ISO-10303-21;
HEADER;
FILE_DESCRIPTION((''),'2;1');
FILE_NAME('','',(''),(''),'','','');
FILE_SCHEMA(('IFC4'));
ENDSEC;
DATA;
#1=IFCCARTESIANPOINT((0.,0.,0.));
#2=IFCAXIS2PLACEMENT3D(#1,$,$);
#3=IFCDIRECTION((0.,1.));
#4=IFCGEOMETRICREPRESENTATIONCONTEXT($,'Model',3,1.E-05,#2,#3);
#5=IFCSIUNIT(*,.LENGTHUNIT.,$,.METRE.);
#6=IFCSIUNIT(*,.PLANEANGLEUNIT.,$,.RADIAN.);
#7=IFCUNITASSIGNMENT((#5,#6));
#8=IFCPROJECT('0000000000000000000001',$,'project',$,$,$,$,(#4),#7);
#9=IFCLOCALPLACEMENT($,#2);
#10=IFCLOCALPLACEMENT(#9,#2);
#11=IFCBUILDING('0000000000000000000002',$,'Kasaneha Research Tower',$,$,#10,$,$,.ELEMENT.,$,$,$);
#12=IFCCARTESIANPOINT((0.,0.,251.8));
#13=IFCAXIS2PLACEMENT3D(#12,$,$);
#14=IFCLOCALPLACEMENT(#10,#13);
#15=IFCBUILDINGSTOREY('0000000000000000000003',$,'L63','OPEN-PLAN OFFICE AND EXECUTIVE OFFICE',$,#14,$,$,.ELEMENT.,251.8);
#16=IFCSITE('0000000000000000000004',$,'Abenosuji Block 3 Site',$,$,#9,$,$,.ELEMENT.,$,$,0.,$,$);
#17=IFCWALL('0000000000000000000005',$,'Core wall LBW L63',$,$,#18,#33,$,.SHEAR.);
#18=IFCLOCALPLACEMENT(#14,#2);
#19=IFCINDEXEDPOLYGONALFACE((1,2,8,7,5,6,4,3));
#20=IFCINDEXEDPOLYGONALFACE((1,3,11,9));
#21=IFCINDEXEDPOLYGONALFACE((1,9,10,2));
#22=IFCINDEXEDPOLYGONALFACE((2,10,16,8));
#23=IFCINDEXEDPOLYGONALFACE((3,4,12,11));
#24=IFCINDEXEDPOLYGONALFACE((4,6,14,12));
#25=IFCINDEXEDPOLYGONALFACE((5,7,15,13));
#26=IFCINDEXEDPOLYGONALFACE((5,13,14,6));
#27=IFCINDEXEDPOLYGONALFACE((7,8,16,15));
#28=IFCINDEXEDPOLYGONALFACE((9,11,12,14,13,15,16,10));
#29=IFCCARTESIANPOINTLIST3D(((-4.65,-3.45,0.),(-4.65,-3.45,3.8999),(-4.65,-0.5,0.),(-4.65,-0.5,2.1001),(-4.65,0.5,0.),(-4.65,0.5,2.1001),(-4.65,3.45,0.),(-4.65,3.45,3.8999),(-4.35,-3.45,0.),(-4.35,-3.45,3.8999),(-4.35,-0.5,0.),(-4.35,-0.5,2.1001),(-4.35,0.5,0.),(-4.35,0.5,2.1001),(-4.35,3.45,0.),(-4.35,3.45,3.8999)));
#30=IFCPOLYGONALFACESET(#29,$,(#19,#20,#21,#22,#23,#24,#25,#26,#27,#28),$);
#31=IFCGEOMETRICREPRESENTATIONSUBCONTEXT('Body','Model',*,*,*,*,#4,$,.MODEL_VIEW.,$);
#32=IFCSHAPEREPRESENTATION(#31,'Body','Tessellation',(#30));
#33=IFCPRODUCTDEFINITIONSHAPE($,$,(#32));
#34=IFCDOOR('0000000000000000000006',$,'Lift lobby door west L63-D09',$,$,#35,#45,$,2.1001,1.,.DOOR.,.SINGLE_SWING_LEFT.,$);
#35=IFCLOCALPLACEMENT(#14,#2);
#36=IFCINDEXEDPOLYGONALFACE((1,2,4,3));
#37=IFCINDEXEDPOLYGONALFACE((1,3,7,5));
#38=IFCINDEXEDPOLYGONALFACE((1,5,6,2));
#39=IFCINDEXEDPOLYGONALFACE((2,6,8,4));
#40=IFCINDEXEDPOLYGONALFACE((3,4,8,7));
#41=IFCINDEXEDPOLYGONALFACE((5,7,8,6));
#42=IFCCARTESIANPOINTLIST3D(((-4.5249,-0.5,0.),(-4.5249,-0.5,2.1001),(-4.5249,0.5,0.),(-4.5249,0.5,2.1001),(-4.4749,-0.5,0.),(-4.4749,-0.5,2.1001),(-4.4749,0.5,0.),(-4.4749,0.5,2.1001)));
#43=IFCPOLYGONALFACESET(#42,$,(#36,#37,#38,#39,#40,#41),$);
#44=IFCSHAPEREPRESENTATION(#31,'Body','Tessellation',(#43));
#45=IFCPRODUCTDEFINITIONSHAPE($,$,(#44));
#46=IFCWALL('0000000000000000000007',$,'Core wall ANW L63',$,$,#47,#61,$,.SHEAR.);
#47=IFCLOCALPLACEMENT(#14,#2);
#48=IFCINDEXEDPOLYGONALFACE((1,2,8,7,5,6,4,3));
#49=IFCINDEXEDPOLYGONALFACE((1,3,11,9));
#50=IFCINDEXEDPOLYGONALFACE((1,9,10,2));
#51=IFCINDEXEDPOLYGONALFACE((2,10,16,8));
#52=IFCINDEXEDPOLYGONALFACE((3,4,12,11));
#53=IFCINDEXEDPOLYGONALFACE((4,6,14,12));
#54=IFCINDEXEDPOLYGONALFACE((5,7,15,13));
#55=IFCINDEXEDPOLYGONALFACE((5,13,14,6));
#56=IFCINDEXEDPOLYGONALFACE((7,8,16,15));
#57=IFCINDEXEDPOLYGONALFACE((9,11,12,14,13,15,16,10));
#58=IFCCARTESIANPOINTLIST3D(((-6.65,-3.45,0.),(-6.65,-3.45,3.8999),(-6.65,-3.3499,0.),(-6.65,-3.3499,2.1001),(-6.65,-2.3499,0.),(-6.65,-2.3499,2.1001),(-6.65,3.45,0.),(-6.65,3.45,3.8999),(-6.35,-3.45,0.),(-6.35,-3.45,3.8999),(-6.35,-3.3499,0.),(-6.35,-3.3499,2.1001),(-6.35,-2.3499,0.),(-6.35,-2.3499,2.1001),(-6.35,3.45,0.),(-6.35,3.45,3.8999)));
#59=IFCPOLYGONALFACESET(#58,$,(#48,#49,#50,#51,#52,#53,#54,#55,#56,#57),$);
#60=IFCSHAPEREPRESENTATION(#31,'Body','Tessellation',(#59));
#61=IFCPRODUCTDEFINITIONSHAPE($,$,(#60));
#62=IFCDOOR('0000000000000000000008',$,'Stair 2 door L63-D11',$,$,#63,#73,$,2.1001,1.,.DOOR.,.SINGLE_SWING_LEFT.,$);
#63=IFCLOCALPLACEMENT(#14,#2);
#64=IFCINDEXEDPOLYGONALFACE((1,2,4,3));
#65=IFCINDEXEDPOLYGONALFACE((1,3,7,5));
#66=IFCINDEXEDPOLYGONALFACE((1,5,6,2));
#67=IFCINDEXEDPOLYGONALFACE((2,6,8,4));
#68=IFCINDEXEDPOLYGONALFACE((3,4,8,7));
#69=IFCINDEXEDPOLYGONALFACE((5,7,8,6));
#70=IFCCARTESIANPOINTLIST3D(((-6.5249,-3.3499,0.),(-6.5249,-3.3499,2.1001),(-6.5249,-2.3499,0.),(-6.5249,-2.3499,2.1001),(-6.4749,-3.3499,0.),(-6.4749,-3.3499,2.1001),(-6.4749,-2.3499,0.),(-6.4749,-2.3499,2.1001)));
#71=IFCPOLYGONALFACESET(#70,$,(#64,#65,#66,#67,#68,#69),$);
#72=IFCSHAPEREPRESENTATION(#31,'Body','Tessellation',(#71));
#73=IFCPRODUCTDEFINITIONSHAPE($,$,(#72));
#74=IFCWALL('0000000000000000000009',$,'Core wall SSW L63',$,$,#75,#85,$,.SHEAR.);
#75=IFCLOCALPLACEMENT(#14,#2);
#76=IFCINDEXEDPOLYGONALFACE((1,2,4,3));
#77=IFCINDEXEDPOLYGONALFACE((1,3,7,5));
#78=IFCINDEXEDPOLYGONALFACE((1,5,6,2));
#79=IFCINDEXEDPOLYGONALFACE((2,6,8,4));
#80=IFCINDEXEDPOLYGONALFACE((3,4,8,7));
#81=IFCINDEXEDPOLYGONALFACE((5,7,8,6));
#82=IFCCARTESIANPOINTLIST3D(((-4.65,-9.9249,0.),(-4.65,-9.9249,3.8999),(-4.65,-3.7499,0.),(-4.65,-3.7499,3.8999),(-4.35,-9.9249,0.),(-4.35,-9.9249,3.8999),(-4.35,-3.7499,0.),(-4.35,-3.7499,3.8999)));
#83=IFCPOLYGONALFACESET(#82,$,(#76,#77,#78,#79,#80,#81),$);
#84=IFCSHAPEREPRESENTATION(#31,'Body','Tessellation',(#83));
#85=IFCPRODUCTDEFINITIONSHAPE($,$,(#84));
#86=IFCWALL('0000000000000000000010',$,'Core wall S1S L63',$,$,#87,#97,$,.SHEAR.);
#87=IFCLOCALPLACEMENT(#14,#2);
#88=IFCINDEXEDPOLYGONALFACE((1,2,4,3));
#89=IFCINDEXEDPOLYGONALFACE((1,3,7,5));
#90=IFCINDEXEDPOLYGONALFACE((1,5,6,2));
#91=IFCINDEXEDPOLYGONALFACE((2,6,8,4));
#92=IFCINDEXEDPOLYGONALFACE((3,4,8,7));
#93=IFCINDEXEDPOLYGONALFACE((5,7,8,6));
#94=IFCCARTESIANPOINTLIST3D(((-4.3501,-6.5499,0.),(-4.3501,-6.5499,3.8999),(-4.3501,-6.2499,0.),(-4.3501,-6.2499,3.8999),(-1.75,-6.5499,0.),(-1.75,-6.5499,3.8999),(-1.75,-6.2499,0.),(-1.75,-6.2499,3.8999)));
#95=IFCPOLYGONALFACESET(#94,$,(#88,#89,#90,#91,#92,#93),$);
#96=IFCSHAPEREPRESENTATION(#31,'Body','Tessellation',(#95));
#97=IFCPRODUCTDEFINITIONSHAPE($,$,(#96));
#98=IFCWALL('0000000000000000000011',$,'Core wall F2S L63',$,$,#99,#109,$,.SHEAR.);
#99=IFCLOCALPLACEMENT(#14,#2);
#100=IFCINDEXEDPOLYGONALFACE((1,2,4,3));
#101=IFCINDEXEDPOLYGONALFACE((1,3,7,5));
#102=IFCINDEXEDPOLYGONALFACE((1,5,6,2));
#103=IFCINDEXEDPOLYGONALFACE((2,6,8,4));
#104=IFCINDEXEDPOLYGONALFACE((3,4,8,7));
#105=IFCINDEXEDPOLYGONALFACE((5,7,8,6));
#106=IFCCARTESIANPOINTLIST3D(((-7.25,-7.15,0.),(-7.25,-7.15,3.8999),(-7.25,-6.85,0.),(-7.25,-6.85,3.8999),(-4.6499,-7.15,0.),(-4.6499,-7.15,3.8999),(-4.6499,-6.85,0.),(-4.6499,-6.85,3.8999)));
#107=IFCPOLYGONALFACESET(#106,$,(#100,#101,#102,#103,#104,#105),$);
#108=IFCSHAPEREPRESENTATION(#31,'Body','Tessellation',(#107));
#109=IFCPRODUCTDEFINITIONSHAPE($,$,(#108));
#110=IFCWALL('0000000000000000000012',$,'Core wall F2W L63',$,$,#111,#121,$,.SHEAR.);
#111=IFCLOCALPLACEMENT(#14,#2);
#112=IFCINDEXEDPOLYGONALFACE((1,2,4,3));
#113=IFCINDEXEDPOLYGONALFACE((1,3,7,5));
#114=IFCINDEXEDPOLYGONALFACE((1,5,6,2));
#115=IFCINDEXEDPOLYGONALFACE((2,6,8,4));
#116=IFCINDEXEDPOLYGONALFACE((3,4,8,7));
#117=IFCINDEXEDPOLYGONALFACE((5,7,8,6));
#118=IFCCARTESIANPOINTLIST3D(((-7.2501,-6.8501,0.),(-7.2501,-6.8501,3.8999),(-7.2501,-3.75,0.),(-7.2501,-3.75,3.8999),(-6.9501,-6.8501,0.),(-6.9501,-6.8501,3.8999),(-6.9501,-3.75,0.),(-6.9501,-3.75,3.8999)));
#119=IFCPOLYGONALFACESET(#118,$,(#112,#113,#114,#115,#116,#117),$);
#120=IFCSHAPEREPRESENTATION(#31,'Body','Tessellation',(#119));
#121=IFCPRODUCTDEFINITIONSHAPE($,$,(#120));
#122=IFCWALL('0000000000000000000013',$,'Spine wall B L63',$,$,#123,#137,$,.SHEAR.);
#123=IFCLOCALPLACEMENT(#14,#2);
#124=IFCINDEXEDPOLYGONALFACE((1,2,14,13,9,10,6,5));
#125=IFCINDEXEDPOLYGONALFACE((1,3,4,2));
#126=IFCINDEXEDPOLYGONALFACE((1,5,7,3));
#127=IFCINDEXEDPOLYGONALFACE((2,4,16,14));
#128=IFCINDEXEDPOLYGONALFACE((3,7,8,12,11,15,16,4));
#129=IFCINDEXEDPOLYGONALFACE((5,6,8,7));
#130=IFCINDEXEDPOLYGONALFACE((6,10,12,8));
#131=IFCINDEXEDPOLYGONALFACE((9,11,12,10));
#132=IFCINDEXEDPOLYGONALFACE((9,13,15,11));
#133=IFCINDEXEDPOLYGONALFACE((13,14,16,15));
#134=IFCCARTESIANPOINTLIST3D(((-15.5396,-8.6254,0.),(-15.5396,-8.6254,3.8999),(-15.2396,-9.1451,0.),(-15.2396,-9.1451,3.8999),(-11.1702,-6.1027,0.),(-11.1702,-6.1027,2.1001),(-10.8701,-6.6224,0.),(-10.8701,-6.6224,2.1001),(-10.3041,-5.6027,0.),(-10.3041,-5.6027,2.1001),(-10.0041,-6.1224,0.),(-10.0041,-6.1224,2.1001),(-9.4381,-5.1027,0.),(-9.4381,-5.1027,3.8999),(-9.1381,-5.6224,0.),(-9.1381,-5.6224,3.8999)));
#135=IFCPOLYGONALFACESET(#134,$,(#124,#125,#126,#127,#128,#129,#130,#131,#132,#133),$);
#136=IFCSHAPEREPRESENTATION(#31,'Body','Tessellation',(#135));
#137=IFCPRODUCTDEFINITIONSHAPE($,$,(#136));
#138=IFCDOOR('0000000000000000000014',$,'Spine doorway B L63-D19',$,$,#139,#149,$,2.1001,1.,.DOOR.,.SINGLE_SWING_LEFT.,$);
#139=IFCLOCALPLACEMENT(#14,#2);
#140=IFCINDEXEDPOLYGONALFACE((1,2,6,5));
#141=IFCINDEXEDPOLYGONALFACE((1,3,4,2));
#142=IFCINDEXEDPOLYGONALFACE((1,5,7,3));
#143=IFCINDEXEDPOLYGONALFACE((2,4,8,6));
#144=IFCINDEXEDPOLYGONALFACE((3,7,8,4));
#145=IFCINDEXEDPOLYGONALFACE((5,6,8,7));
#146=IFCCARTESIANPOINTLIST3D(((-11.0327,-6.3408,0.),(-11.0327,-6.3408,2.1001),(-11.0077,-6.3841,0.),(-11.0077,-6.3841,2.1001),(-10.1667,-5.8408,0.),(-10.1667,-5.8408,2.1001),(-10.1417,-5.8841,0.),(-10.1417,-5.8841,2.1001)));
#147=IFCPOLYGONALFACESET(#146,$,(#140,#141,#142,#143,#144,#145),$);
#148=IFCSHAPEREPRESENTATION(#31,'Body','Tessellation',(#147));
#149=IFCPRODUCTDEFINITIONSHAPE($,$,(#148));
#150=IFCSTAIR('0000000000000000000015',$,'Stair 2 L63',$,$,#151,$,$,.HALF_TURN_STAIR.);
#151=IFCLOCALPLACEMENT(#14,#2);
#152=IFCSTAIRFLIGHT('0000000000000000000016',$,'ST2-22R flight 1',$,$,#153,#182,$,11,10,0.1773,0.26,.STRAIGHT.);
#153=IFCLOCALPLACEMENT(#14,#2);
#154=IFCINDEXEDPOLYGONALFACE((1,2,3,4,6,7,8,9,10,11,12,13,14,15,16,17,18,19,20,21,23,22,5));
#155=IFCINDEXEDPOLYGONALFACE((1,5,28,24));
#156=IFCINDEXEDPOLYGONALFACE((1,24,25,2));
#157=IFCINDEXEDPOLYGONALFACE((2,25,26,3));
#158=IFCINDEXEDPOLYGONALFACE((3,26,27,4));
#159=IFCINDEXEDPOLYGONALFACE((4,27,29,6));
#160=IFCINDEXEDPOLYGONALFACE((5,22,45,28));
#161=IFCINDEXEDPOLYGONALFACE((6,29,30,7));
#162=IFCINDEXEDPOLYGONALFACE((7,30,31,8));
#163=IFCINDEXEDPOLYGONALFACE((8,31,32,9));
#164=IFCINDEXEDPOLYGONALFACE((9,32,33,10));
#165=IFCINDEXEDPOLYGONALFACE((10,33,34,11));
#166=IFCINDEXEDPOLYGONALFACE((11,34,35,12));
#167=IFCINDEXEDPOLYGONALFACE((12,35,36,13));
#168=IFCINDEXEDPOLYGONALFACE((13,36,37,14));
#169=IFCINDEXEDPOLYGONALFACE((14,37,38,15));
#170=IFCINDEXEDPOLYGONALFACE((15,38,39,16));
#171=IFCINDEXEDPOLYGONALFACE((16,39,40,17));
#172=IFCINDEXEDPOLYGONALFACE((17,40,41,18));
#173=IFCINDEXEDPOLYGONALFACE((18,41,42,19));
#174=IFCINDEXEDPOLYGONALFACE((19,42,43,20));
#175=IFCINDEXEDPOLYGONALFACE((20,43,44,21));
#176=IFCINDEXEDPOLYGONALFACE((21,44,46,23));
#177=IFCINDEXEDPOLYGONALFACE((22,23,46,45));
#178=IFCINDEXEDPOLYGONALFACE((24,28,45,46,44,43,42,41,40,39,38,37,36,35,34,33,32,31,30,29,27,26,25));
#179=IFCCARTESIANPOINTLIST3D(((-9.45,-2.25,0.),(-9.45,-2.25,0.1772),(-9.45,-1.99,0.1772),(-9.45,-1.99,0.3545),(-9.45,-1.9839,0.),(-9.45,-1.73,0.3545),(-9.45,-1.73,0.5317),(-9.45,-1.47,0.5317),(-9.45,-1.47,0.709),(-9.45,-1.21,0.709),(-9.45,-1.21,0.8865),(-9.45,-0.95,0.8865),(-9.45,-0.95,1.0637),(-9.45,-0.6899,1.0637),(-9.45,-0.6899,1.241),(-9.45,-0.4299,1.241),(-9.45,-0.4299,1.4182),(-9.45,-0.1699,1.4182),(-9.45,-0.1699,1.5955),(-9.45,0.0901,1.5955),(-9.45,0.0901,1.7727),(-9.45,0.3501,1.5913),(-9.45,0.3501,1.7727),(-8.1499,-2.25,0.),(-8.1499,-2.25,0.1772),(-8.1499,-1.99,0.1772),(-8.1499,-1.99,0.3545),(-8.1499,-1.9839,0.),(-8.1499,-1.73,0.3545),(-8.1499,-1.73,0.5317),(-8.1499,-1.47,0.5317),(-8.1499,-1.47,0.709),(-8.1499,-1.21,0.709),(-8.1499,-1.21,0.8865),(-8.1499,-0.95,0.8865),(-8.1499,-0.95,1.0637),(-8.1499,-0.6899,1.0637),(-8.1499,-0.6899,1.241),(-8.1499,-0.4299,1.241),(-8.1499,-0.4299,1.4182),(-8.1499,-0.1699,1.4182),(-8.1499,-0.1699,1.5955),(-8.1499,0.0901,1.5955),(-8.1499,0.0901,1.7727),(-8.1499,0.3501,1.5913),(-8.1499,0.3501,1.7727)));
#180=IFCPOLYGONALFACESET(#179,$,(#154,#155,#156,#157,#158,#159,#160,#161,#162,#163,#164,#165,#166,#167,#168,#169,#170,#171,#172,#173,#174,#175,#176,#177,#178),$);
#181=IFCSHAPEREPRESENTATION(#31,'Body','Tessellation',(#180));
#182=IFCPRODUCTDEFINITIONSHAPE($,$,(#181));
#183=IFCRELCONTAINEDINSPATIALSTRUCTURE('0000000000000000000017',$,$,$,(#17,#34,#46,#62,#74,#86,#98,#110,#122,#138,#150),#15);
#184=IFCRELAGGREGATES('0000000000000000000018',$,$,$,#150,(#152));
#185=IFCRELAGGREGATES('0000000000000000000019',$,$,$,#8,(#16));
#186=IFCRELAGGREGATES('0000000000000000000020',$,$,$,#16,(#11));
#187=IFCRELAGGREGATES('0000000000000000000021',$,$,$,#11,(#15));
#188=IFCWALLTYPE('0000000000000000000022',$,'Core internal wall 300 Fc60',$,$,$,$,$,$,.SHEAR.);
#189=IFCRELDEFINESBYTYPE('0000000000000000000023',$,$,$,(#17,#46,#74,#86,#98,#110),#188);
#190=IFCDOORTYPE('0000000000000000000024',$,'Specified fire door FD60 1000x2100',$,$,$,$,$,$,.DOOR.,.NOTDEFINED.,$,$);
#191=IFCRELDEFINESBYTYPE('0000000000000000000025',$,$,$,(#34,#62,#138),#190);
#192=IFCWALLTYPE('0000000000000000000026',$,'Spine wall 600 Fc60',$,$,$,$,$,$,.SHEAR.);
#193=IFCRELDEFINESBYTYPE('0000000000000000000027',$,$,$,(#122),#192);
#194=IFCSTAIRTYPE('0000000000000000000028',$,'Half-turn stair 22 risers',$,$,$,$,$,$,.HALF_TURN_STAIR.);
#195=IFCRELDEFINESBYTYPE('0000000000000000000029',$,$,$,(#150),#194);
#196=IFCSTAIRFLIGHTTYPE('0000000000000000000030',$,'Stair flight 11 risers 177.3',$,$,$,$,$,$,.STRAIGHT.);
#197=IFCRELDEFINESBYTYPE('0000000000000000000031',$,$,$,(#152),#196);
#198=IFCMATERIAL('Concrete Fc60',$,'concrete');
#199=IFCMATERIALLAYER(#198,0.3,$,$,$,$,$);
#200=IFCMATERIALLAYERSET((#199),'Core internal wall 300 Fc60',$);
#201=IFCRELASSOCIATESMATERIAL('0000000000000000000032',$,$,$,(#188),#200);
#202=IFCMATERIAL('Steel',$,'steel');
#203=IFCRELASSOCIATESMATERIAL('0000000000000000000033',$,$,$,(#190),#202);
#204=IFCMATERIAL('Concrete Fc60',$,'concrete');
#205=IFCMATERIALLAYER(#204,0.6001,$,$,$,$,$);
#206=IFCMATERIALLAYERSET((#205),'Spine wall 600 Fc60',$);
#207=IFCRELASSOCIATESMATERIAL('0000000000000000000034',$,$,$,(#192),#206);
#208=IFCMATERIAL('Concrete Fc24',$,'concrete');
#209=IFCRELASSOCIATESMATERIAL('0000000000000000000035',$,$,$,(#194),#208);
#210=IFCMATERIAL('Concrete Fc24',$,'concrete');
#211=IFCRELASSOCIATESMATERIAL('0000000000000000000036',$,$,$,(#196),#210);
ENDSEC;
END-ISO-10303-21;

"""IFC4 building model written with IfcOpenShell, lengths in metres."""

from ifc_helpers import new_model, si_unit, direction, frame, frame_2d, origin, place, context, subcontext, project, spatial, polyline, rectangle, outline, extrude, material, layer, layer_set, type_object, element, fill, aggregate, save


model = new_model("IFC4")

# Units and contexts
model_context = context("Model", 3, precision=1e-05, world=origin(), true_north=direction((0.0, 1.0)))
body_context = subcontext(model_context, "Body", "Model", "MODEL_VIEW")
ifc_project = project(units=[si_unit("LENGTHUNIT", "METRE"), si_unit("PLANEANGLEUNIT", "RADIAN")], contexts=[model_context])

# Site, building, storey
site_placement = place(None, origin())
site = spatial("IfcSite", under=ifc_project, at=site_placement, Name="Abenosuji Block 3 Site", CompositionType="ELEMENT", RefElevation=0.0)
building_placement = place(site_placement, origin())
building = spatial("IfcBuilding", under=site, at=building_placement, Name="Kasaneha Research Tower", CompositionType="ELEMENT")
storey_placement = place(building_placement, frame((0.0, 0.0, 251.8)))
storey = spatial("IfcBuildingStorey", under=building, at=storey_placement, Name="L63", Description="OPEN-PLAN OFFICE AND EXECUTIVE OFFICE", CompositionType="ELEMENT", Elevation=251.8)

# Shared definitions
ifc_material_1 = material(Name="Concrete Fc60", Category="concrete")
ifc_layer_1 = layer(ifc_material_1, 0.3)
ifc_layer_set_1 = layer_set([ifc_layer_1], Name="Core internal wall 300 Fc60")
wall_type_1 = type_object("IfcWallType", Name="Core internal wall 300 Fc60", PredefinedType="SHEAR", material=ifc_layer_set_1)

# Walls, openings, doors
wall_1_placement = place(storey_placement, frame((-4.5, -3.45, 0.0), z_axis=(0.0, 0.0, 1.0), x_axis=(0.0, 1.0, 0.0)))
wall_1 = element("IfcWall", 1, at=wall_1_placement, inside=storey, type_object=wall_type_1, Name="Core wall LBW L63", PredefinedType="SHEAR", context=body_context, shape_type="SweptSolid", body=[
    extrude(rectangle(XDim=6.8999, YDim=0.3, at=frame_2d((3.45, 0.0))), origin(), (0.0, 0.0, 1.0), 3.8999),
])
opening_1_placement = place(wall_1_placement, frame((2.95, 0.0, 0.0)))
opening_1 = element("IfcOpeningElement", 2, at=opening_1_placement, cuts=wall_1, PredefinedType="OPENING", context=body_context, shape_type="SweptSolid", body=[
    extrude(rectangle(XDim=1.0, YDim=2.1001, at=frame_2d((0.5, 1.05))), frame((0.0, 0.1602, 0.0), z_axis=(0.0, -1.0, 0.0), x_axis=(1.0, 0.0, 0.0)), (0.0, 0.0, 1.0), 0.3201),
])
ifc_material_2 = material(Name="Steel", Category="steel")
door_type_1 = type_object("IfcDoorType", Name="Specified fire door FD60 1000x2100", OperationType="NOTDEFINED", PredefinedType="DOOR", material=ifc_material_2)
door_1_placement = place(opening_1_placement, origin())
door_1 = element("IfcDoor", 3, at=door_1_placement, inside=storey, type_object=door_type_1, Name="Lift lobby door west L63-D09", OperationType="SINGLE_SWING_LEFT", OverallHeight=2.1001, OverallWidth=1.0, PredefinedType="DOOR", context=body_context, shape_type="SweptSolid", body=[
    extrude(rectangle(XDim=1.0, YDim=2.1001, at=frame_2d((0.5, 1.05))), frame((0.0, 0.0249, 0.0), z_axis=(0.0, -1.0, 0.0), x_axis=(1.0, 0.0, 0.0)), (0.0, 0.0, 1.0), 0.05),
])
fill(opening_1, door_1)
wall_2_placement = place(storey_placement, frame((-6.5, -3.45, 0.0), z_axis=(0.0, 0.0, 1.0), x_axis=(0.0, 1.0, 0.0)))
wall_2 = element("IfcWall", 4, at=wall_2_placement, inside=storey, type_object=wall_type_1, Name="Core wall ANW L63", PredefinedType="SHEAR", context=body_context, shape_type="SweptSolid", body=[
    extrude(rectangle(XDim=6.8999, YDim=0.3, at=frame_2d((3.45, 0.0))), origin(), (0.0, 0.0, 1.0), 3.8999),
])
opening_2_placement = place(wall_2_placement, frame((0.1001, 0.0, 0.0)))
opening_2 = element("IfcOpeningElement", 5, at=opening_2_placement, cuts=wall_2, PredefinedType="OPENING", context=body_context, shape_type="SweptSolid", body=[
    extrude(rectangle(XDim=1.0, YDim=2.1001, at=frame_2d((0.5, 1.05))), frame((0.0, 0.1602, 0.0), z_axis=(0.0, -1.0, 0.0), x_axis=(1.0, 0.0, 0.0)), (0.0, 0.0, 1.0), 0.3201),
])
door_2_placement = place(opening_2_placement, origin())
door_2 = element("IfcDoor", 6, at=door_2_placement, inside=storey, type_object=door_type_1, Name="Stair 2 door L63-D11", OperationType="SINGLE_SWING_LEFT", OverallHeight=2.1001, OverallWidth=1.0, PredefinedType="DOOR", context=body_context, shape_type="SweptSolid", body=[
    extrude(rectangle(XDim=1.0, YDim=2.1001, at=frame_2d((0.5, 1.05))), frame((0.0, 0.0249, 0.0), z_axis=(0.0, -1.0, 0.0), x_axis=(1.0, 0.0, 0.0)), (0.0, 0.0, 1.0), 0.05),
])
fill(opening_2, door_2)

# Walls
wall_3_placement = place(storey_placement, frame((-4.5, -3.75, 0.0), z_axis=(0.0, 0.0, 1.0), x_axis=(0.0, -1.0, 0.0)))
element("IfcWall", 7, at=wall_3_placement, inside=storey, type_object=wall_type_1, Name="Core wall SSW L63", PredefinedType="SHEAR", context=body_context, shape_type="SweptSolid", body=[
    extrude(rectangle(XDim=6.175, YDim=0.3, at=frame_2d((3.0874, 0.0))), origin(), (0.0, 0.0, 1.0), 3.8999),
])
for number, where, z_axis, x_axis, name in (
    (8, (-4.3501, -6.3999, 0.0), (0.0, 0.0, 1.0), (1.0, 0.0, 0.0), "Core wall S1S L63"),
    (9, (-7.25, -7.0, 0.0), (0.0, 0.0, 1.0), (1.0, 0.0, 0.0), "Core wall F2S L63"),
):
    element("IfcWall", number, at=place(storey_placement, frame(where, z_axis=z_axis, x_axis=x_axis)), inside=storey, type_object=wall_type_1, Name=name, PredefinedType="SHEAR", context=body_context, shape_type="SweptSolid", body=[
        extrude(rectangle(XDim=2.6001, YDim=0.3, at=frame_2d((1.3, 0.0))), origin(), (0.0, 0.0, 1.0), 3.8999),
    ])
wall_4_placement = place(storey_placement, frame((-7.1001, -3.75, 0.0), z_axis=(0.0, 0.0, 1.0), x_axis=(0.0, -1.0, 0.0)))
element("IfcWall", 10, at=wall_4_placement, inside=storey, type_object=wall_type_1, Name="Core wall F2W L63", PredefinedType="SHEAR", context=body_context, shape_type="SweptSolid", body=[
    extrude(rectangle(XDim=3.1001, YDim=0.3, at=frame_2d((1.55, 0.0))), origin(), (0.0, 0.0, 1.0), 3.8999),
])

# Wall, opening, door
ifc_material_3 = material(Name="Concrete Fc60", Category="concrete")
ifc_layer_2 = layer(ifc_material_3, 0.6001)
ifc_layer_set_2 = layer_set([ifc_layer_2], Name="Spine wall 600 Fc60")
wall_type_2 = type_object("IfcWallType", Name="Spine wall 600 Fc60", PredefinedType="SHEAR", material=ifc_layer_set_2)
wall_5_placement = place(storey_placement, frame((-9.2881, -5.3625, 0.0), z_axis=(0.0, 0.0, 1.0), x_axis=(-0.866027, -0.499996, 0.0)))
wall_5 = element("IfcWall", 11, at=wall_5_placement, inside=storey, type_object=wall_type_2, Name="Spine wall B L63", PredefinedType="SHEAR", context=body_context, shape_type="SweptSolid", body=[
    extrude(rectangle(XDim=7.0454, YDim=0.6001, at=frame_2d((3.5227, 0.0))), origin(), (0.0, 0.0, 1.0), 3.8999),
])
opening_3_placement = place(wall_5_placement, frame((1.0, 0.0, 0.0)))
opening_3 = element("IfcOpeningElement", 12, at=opening_3_placement, cuts=wall_5, PredefinedType="OPENING", context=body_context, shape_type="SweptSolid", body=[
    extrude(rectangle(XDim=1.0, YDim=2.1001, at=frame_2d((0.5, 1.05))), frame((0.0, 0.3101, 0.0), z_axis=(0.0, -1.0, 0.0), x_axis=(1.0, 0.0, 0.0)), (0.0, 0.0, 1.0), 0.6201),
])
door_3_placement = place(opening_3_placement, origin())
door_3 = element("IfcDoor", 13, at=door_3_placement, inside=storey, type_object=door_type_1, Name="Spine doorway B L63-D19", OperationType="SINGLE_SWING_LEFT", OverallHeight=2.1001, OverallWidth=1.0, PredefinedType="DOOR", context=body_context, shape_type="SweptSolid", body=[
    extrude(rectangle(XDim=1.0, YDim=2.1001, at=frame_2d((0.5, 1.05))), frame((0.0, 0.0249, 0.0), z_axis=(0.0, -1.0, 0.0), x_axis=(1.0, 0.0, 0.0)), (0.0, 0.0, 1.0), 0.05),
])
fill(opening_3, door_3)

# Stair, stair flight
ifc_material_4 = material(Name="Concrete Fc24", Category="concrete")
stair_type = type_object("IfcStairType", Name="Half-turn stair 22 risers", PredefinedType="HALF_TURN_STAIR", material=ifc_material_4)
stair_placement = place(storey_placement, origin())
stair = element("IfcStair", 14, at=stair_placement, inside=storey, type_object=stair_type, Name="Stair 2 L63", PredefinedType="HALF_TURN_STAIR")
ifc_material_5 = material(Name="Concrete Fc24", Category="concrete")
stair_flight_type = type_object("IfcStairFlightType", Name="Stair flight 11 risers 177.3", PredefinedType="STRAIGHT", material=ifc_material_5)
stair_flight_placement = place(storey_placement, frame((-8.8, -2.25, 0.0), z_axis=(0.0, 0.0, 1.0), x_axis=(0.0, 1.0, 0.0)))
stair_flight = element("IfcStairFlight", 15, at=stair_flight_placement, type_object=stair_flight_type, Name="ST2-22R flight 1", NumberOfRisers=11, NumberOfTreads=10, PredefinedType="STRAIGHT", RiserHeight=0.1773, TreadLength=0.26, context=body_context, shape_type="SweptSolid", body=[
    extrude(outline(polyline([(0.0, 0.0), (0.0, 0.1772), (0.26, 0.1772), (0.26, 0.3545), (0.52, 0.3545), (0.52, 0.5317), (0.78, 0.5317), (0.78, 0.709), (1.04, 0.709), (1.04, 0.8865), (1.3, 0.8865), (1.3, 1.0637), (1.5601, 1.0637), (1.5601, 1.241), (1.8201, 1.241), (1.8201, 1.4182), (2.0801, 1.4182), (2.0801, 1.5955), (2.3401, 1.5955), (2.3401, 1.7727), (2.6001, 1.7727), (2.6001, 1.95), (2.6001, 1.5913), (0.2661, 0.0), (0.0, 0.0)])), frame((0.0, 0.6499, 0.0), z_axis=(0.0, -1.0, 0.0), x_axis=(1.0, 0.0, 0.0)), (0.0, 0.0, 1.0), 1.3),
])
aggregate(stair, [stair_flight])

save(model, "model.ifc")
